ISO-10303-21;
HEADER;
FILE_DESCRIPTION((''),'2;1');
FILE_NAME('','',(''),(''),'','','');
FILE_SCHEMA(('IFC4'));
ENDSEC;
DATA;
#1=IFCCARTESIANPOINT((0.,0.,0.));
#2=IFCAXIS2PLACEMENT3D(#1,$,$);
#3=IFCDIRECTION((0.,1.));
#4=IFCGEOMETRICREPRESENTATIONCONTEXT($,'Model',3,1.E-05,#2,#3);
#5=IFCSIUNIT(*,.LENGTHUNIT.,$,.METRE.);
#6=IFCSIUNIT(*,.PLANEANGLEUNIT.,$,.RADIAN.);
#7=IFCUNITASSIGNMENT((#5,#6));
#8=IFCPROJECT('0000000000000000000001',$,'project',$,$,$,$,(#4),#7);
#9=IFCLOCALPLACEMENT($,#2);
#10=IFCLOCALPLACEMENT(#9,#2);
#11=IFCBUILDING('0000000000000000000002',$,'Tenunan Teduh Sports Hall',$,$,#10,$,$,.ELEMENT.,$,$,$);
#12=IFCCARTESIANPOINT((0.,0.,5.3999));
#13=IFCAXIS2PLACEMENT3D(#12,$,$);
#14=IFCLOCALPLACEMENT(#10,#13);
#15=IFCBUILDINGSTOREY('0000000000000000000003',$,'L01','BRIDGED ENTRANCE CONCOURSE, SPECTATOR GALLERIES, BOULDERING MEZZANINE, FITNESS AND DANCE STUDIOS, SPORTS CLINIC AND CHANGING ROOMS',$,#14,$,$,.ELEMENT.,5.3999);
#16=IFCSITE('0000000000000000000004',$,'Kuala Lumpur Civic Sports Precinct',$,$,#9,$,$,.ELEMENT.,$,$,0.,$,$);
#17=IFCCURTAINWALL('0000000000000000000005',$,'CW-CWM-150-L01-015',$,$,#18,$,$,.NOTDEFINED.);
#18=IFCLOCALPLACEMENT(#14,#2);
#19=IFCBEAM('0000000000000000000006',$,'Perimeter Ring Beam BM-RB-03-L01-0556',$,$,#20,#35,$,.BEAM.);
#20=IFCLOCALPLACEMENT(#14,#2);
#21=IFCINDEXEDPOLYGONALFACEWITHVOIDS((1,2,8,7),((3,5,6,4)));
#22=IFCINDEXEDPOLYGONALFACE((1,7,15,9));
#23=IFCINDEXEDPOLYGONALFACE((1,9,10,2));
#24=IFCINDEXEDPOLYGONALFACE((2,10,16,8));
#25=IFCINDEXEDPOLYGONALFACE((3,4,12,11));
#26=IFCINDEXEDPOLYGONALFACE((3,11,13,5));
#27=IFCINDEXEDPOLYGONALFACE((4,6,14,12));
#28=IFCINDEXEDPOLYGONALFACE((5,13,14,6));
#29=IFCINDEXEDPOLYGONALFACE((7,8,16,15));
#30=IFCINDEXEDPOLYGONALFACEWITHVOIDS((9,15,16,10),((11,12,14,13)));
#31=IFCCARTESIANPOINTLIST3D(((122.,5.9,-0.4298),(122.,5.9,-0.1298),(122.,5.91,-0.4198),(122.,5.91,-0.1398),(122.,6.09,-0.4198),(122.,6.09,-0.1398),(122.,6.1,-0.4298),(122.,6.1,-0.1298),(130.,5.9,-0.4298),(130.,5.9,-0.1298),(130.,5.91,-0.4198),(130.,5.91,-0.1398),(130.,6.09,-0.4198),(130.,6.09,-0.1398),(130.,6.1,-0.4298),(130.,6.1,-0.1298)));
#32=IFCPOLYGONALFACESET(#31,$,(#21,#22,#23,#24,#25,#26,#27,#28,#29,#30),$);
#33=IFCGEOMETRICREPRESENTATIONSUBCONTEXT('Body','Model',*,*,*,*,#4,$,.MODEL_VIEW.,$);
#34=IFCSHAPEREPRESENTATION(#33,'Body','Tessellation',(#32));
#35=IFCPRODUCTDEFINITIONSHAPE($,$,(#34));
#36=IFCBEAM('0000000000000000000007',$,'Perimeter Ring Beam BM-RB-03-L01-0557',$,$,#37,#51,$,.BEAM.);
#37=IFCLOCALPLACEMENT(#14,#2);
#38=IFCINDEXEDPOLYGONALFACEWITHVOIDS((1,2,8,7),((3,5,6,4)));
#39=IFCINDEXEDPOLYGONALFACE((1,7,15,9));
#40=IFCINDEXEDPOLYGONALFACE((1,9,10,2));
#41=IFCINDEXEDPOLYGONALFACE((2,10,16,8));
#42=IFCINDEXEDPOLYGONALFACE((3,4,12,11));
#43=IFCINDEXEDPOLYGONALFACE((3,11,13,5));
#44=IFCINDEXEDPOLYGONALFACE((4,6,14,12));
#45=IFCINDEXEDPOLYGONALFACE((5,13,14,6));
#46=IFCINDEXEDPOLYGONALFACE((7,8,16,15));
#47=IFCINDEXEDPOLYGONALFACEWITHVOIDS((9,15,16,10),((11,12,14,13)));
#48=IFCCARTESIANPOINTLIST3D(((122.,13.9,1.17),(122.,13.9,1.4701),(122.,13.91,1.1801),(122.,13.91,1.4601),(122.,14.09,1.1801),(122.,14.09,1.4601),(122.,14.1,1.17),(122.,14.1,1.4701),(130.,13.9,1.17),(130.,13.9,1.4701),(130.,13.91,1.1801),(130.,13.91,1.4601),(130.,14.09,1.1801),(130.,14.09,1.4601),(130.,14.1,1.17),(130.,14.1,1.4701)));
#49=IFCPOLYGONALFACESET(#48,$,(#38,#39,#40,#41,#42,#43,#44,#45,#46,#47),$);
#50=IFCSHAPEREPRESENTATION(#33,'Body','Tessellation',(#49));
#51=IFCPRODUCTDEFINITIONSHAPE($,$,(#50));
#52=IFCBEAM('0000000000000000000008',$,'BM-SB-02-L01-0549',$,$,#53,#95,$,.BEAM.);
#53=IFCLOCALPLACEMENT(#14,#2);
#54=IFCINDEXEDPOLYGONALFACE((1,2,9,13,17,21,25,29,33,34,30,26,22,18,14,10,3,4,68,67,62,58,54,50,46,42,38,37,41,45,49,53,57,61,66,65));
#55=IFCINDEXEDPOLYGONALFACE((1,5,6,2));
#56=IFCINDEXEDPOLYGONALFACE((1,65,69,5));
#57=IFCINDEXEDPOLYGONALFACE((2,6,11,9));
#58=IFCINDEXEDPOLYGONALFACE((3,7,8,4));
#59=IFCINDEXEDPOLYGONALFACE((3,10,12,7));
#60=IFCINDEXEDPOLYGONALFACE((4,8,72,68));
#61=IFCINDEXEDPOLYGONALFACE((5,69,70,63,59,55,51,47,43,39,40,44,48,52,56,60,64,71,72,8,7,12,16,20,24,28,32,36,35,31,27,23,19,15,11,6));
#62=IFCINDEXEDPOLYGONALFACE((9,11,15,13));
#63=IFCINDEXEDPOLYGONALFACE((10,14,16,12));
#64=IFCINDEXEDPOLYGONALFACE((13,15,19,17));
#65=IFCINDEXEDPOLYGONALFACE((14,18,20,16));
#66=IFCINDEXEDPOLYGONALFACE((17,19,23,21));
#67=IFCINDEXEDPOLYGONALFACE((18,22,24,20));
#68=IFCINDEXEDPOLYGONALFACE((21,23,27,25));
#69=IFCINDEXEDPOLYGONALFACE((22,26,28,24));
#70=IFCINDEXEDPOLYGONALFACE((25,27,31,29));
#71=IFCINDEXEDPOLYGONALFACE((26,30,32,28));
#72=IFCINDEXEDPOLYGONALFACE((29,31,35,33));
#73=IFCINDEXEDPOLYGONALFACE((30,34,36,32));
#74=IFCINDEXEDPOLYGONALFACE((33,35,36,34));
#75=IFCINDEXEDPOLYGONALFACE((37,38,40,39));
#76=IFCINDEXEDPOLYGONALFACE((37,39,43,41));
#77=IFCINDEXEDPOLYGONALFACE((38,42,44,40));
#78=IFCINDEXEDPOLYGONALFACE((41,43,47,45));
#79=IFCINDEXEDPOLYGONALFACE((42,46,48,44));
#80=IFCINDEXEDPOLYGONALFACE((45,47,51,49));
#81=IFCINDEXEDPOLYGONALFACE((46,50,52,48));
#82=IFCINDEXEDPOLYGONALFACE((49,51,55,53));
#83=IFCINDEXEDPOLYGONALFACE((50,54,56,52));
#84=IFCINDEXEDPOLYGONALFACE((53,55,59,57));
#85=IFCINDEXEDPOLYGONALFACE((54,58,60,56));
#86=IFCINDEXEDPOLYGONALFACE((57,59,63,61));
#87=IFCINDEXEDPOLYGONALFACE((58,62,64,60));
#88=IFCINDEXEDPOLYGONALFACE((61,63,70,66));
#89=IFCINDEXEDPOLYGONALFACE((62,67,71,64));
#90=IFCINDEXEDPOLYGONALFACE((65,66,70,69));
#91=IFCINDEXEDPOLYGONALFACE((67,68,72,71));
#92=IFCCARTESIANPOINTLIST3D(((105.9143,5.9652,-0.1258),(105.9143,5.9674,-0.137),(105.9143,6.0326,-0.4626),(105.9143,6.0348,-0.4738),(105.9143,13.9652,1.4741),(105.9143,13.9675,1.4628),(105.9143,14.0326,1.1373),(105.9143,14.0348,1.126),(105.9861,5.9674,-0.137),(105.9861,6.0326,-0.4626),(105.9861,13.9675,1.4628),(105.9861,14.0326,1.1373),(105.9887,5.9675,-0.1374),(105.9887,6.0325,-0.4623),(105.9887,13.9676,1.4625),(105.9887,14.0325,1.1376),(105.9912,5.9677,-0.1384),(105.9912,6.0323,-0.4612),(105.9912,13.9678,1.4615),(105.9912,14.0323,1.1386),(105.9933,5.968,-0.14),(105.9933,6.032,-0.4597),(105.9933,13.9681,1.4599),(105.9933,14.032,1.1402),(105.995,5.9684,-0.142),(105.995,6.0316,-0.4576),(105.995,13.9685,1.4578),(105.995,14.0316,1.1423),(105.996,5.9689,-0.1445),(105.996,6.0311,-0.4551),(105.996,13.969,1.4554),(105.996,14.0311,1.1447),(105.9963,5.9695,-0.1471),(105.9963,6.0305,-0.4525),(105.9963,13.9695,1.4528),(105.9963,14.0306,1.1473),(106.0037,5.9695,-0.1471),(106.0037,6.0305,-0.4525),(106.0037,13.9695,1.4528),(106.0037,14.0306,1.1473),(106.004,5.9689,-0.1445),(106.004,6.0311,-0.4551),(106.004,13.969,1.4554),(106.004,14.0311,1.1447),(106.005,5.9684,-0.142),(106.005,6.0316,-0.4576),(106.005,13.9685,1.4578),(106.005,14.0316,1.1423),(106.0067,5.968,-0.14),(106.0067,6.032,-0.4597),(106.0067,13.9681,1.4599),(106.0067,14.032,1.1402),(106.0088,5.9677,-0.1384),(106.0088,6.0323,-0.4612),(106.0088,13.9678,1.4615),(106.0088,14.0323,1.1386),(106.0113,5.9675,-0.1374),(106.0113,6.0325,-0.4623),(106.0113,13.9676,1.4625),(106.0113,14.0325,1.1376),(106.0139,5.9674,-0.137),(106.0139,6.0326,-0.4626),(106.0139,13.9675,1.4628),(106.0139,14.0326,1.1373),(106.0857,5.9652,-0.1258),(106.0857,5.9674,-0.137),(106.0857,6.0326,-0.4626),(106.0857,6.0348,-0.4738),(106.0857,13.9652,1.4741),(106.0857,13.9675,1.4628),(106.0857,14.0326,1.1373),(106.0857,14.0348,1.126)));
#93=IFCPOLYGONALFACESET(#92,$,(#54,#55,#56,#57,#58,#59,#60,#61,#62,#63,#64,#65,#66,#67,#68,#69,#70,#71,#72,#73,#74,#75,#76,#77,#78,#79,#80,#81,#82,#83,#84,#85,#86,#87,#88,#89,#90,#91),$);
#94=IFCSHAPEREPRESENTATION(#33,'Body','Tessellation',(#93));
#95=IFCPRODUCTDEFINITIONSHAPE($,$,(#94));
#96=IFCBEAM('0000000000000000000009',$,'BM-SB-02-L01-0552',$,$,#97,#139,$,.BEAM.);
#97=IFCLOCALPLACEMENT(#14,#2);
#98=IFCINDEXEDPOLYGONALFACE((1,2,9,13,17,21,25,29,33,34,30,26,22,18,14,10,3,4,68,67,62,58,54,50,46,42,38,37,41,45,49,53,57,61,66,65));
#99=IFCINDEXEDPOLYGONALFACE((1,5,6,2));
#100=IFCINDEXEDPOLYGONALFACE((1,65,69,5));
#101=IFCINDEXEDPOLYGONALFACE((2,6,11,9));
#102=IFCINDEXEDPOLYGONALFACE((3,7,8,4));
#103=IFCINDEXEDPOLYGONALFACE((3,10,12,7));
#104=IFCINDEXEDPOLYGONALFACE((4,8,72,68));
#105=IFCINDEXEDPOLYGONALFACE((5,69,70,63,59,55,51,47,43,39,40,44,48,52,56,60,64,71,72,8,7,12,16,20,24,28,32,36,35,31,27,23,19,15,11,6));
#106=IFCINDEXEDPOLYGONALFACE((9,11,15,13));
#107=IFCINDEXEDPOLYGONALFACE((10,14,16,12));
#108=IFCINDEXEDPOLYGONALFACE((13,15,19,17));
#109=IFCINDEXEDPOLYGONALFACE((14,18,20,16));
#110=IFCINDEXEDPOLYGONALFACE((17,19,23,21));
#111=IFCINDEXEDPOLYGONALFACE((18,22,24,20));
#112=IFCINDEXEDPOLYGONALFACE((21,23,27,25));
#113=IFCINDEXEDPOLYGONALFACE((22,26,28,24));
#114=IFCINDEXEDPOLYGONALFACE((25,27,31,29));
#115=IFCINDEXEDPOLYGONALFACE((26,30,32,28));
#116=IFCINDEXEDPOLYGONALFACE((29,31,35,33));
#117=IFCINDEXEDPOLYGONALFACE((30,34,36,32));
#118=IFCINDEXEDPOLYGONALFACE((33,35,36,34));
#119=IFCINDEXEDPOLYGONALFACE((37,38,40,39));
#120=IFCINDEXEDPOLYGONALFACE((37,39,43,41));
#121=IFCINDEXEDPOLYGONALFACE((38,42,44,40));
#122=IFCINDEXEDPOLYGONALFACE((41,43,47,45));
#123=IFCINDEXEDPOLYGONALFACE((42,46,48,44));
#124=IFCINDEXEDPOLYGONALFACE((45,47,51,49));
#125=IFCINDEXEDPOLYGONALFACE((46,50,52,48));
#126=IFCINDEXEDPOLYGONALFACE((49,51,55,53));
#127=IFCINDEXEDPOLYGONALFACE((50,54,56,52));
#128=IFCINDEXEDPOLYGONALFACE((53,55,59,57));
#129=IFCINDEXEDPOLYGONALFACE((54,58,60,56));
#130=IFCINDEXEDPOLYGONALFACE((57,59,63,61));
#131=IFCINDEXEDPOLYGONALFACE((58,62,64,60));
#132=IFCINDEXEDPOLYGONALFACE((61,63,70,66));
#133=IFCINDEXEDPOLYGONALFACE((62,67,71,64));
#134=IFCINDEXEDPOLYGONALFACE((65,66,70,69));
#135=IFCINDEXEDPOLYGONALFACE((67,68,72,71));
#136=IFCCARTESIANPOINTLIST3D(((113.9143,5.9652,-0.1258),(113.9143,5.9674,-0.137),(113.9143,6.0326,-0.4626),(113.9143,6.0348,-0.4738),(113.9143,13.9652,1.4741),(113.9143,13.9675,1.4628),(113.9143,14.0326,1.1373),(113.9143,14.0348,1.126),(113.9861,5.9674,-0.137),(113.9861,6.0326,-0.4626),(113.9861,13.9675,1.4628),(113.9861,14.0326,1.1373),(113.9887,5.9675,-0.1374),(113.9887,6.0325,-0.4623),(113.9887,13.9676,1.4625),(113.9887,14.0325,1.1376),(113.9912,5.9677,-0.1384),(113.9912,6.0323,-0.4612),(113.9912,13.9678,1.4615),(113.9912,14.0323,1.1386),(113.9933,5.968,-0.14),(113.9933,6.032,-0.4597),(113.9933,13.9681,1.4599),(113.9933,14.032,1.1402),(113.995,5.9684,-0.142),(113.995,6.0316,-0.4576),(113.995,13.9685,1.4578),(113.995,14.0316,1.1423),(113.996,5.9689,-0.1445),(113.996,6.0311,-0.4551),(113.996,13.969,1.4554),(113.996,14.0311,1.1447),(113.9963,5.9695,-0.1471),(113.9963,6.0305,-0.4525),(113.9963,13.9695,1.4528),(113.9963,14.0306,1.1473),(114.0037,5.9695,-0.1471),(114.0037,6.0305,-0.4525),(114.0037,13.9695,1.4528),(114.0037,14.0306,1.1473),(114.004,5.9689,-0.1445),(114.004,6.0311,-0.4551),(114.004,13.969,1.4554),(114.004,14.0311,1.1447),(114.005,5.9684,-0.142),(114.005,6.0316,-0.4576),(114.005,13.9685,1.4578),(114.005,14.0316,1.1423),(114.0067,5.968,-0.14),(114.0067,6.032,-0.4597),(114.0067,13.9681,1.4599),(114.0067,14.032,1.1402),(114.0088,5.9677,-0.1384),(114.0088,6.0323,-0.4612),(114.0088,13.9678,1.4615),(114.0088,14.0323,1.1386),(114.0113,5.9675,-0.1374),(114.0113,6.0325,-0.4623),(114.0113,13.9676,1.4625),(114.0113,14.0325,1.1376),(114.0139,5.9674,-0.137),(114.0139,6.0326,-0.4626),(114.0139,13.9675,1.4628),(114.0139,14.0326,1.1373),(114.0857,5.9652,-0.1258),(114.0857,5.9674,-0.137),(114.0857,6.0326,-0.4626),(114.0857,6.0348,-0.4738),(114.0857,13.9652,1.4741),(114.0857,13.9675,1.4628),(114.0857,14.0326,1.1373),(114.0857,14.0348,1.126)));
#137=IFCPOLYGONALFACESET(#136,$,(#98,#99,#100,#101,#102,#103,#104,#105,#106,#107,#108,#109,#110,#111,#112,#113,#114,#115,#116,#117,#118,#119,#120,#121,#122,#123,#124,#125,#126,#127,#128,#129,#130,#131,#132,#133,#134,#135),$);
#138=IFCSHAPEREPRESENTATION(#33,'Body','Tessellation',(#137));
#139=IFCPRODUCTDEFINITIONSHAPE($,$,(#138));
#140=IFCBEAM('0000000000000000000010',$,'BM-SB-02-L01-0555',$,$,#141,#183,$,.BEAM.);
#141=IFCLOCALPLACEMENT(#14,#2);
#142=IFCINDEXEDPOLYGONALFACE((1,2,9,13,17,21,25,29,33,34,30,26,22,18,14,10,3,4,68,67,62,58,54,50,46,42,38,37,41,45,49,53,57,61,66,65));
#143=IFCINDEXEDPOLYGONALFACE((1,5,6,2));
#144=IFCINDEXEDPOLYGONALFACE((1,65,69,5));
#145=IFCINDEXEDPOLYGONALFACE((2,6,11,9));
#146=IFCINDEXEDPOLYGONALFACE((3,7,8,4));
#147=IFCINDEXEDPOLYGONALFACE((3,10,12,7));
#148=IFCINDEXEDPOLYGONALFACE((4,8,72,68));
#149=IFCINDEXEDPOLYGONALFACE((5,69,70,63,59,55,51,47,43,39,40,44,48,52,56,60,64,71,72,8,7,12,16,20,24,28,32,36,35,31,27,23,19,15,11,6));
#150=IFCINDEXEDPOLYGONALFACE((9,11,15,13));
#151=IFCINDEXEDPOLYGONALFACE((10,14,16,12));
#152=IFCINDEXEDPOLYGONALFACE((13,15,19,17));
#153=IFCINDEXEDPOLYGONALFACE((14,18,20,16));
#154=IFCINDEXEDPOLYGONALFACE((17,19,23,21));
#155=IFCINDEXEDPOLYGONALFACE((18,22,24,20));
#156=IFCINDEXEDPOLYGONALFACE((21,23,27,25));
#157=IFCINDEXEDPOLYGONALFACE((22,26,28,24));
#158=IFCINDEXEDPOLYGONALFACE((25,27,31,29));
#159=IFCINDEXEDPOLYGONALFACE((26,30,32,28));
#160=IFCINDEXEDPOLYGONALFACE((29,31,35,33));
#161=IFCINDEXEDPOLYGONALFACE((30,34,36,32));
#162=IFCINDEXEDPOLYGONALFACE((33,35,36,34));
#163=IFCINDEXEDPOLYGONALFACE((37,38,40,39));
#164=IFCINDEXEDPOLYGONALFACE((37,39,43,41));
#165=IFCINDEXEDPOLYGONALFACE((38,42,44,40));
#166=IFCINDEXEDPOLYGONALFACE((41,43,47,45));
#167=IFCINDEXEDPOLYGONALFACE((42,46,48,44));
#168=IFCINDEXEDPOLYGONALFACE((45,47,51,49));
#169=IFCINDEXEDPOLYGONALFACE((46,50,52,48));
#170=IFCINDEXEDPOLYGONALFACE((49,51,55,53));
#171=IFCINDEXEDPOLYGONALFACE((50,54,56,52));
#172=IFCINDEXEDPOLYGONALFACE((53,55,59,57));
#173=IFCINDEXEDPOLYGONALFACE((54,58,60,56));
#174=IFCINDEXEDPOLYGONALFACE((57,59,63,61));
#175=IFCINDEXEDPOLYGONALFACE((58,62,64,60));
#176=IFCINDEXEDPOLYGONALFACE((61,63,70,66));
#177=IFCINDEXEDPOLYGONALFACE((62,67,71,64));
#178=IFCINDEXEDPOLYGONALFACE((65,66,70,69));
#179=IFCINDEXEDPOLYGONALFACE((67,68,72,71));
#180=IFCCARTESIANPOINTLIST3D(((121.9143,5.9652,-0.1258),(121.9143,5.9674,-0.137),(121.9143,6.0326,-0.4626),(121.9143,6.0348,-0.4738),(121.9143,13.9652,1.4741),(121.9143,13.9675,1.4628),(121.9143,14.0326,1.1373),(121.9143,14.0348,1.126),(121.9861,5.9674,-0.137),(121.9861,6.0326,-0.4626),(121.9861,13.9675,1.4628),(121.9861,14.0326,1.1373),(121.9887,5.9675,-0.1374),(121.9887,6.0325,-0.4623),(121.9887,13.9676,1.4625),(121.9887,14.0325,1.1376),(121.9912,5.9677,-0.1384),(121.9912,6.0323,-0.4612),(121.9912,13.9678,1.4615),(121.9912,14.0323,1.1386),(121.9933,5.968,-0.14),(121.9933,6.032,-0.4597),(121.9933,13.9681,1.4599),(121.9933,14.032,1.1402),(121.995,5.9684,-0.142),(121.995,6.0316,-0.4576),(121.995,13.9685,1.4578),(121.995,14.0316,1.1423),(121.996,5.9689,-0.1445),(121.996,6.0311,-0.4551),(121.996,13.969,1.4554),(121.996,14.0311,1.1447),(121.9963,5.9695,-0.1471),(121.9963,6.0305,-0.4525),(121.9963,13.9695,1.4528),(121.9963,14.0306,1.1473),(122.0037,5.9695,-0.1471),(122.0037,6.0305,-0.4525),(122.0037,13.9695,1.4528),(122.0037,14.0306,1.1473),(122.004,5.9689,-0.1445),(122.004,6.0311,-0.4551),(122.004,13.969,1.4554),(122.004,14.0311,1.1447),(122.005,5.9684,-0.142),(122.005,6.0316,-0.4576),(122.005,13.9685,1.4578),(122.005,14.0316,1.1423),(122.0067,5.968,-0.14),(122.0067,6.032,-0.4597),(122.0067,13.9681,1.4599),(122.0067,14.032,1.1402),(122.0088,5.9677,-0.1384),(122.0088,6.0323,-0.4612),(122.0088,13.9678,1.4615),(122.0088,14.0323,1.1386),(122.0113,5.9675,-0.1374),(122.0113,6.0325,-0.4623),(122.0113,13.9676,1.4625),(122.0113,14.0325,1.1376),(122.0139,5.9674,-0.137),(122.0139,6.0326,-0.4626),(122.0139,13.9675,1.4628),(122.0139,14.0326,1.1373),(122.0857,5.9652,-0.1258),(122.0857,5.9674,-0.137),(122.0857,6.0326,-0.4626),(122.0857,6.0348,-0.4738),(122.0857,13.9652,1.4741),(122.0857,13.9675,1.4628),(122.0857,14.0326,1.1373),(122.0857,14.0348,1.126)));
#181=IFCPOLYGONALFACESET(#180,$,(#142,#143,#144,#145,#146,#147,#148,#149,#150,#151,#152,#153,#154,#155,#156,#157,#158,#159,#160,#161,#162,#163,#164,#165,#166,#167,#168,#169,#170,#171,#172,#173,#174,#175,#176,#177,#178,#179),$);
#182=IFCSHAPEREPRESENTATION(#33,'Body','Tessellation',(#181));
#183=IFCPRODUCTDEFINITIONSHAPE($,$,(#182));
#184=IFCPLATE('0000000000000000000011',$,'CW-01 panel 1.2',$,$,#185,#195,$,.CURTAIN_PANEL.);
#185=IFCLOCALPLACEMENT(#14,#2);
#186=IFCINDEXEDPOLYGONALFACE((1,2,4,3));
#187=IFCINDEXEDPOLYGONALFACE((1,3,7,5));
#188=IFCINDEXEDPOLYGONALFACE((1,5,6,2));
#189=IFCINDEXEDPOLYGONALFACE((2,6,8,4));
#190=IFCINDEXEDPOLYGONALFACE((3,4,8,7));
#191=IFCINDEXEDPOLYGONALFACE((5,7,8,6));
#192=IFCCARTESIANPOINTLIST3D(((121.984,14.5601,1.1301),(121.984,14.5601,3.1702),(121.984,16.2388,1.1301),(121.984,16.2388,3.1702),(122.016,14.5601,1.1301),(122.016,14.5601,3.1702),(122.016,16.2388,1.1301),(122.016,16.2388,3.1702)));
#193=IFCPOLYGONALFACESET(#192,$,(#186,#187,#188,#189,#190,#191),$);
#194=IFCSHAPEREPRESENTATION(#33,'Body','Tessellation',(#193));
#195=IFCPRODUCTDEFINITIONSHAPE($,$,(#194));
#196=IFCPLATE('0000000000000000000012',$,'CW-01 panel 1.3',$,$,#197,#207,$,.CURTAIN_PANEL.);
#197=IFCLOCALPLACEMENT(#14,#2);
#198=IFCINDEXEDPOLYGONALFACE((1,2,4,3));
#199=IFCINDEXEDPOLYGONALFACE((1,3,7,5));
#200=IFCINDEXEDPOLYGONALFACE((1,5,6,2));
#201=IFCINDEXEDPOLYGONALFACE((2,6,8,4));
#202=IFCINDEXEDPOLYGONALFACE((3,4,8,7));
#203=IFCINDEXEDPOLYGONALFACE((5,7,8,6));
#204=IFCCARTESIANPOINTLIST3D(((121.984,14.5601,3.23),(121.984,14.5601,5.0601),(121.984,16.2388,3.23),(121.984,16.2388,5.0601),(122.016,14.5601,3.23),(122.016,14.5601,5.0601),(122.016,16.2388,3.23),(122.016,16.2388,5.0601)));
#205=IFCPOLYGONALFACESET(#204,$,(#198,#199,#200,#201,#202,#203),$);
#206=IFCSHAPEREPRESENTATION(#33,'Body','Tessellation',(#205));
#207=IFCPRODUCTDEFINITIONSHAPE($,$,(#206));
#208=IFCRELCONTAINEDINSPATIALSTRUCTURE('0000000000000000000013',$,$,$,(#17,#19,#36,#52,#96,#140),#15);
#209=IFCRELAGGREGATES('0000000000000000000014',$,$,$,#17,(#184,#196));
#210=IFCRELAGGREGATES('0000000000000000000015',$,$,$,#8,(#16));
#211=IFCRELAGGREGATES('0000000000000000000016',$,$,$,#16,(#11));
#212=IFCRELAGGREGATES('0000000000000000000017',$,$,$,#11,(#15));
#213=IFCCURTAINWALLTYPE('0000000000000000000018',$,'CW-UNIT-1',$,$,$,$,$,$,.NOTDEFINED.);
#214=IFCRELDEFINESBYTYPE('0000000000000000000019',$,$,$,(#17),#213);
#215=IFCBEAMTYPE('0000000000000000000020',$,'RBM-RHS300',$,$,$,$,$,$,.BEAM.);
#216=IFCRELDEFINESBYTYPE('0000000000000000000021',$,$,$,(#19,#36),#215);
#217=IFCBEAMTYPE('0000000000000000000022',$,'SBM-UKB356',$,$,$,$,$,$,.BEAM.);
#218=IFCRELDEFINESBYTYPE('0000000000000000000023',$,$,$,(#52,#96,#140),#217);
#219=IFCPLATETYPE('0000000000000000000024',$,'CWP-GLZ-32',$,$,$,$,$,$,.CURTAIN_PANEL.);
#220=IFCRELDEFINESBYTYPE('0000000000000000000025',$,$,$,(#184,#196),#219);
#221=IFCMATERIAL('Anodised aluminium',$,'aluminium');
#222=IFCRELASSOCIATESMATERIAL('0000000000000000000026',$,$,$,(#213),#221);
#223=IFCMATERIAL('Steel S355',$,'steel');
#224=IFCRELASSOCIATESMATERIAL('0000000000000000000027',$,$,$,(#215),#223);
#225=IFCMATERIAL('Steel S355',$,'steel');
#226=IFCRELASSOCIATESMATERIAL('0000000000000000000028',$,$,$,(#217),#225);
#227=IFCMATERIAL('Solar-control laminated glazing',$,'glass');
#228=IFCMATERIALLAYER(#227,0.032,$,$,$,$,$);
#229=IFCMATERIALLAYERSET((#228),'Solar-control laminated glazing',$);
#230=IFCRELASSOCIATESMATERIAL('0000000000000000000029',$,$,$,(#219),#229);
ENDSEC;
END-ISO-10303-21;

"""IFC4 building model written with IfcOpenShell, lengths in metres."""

from ifc_helpers import new_model, si_unit, direction, frame, origin, origin_2d, place, context, subcontext, project, spatial, rectangle, hollow_rectangle, i_section, extrude, material, layer, layer_set, material_profile, profile_set, type_object, element, aggregate, save


model = new_model("IFC4")

# Units and contexts
model_context = context("Model", 3, precision=1e-05, world=origin(), true_north=direction((0.0, 1.0)))
body_context = subcontext(model_context, "Body", "Model", "MODEL_VIEW")
ifc_project = project(units=[si_unit("LENGTHUNIT", "METRE"), si_unit("PLANEANGLEUNIT", "RADIAN")], contexts=[model_context])

# Site, building, storey
site_placement = place(None, origin())
site = spatial("IfcSite", under=ifc_project, at=site_placement, Name="Kuala Lumpur Civic Sports Precinct", CompositionType="ELEMENT", RefElevation=0.0)
building_placement = place(site_placement, origin())
building = spatial("IfcBuilding", under=site, at=building_placement, Name="Tenunan Teduh Sports Hall", CompositionType="ELEMENT")
storey_placement = place(building_placement, frame((0.0, 0.0, 5.3999)))
storey = spatial("IfcBuildingStorey", under=building, at=storey_placement, Name="L01", Description="BRIDGED ENTRANCE CONCOURSE, SPECTATOR GALLERIES, BOULDERING MEZZANINE, FITNESS AND DANCE STUDIOS, SPORTS CLINIC AND CHANGING ROOMS", CompositionType="ELEMENT", Elevation=5.3999)

# Curtain wall
ifc_material_1 = material(Name="Anodised aluminium", Category="aluminium")
curtain_wall_type = type_object("IfcCurtainWallType", Name="CW-UNIT-1", PredefinedType="NOTDEFINED", material=ifc_material_1)
curtain_wall_placement = place(storey_placement, origin())
curtain_wall = element("IfcCurtainWall", 1, at=curtain_wall_placement, inside=storey, type_object=curtain_wall_type, Name="CW-CWM-150-L01-015", PredefinedType="NOTDEFINED")

# Beams
ifc_material_2 = material(Name="Steel S355", Category="steel")
ifc_material_profile_1 = material_profile(ifc_material_2, hollow_rectangle(XDim=0.2, YDim=0.3, WallThickness=0.01, at=origin_2d()), Name="RHS 300x200x10.0")
ifc_profile_set_1 = profile_set([ifc_material_profile_1], Name="Steel S355")
beam_type_1 = type_object("IfcBeamType", Name="RBM-RHS300", PredefinedType="BEAM", material=ifc_profile_set_1)
for number, where, z_axis, x_axis, name in (
    (2, (122.0, 6.0, -0.2798), (1.0, 0.0, 0.0), (0.0, 1.0, 0.0), "Perimeter Ring Beam BM-RB-03-L01-0556"),
    (3, (122.0, 14.0, 1.3201), (1.0, 0.0, 0.0), (0.0, 1.0, 0.0), "Perimeter Ring Beam BM-RB-03-L01-0557"),
):
    element("IfcBeam", number, at=place(storey_placement, frame(where, z_axis=z_axis, x_axis=x_axis)), inside=storey, type_object=beam_type_1, Name=name, PredefinedType="BEAM", context=body_context, shape_type="SweptSolid", body=[
        extrude(hollow_rectangle(XDim=0.2, YDim=0.3, WallThickness=0.01, at=origin_2d()), origin(), (0.0, 0.0, 1.0), 8.0),
    ])
ifc_material_3 = material(Name="Steel S355", Category="steel")
ifc_material_profile_2 = material_profile(ifc_material_3, i_section(OverallWidth=0.1714, OverallDepth=0.355, WebThickness=0.0073, FlangeThickness=0.0115, FilletRadius=0.0103, at=origin_2d()), Name="UKB 356x171x51")
ifc_profile_set_2 = profile_set([ifc_material_profile_2], Name="Steel S355")
beam_type_2 = type_object("IfcBeamType", Name="SBM-UKB356", PredefinedType="BEAM", material=ifc_profile_set_2)
for number, where, z_axis, x_axis, name in (
    (4, (106.0, 6.0, -0.2998), (0.0, 0.980584, 0.196099), (-1.0, 0.0, 0.0), "BM-SB-02-L01-0549"),
    (5, (114.0, 6.0, -0.2998), (0.0, 0.980584, 0.196099), (-1.0, 0.0, 0.0), "BM-SB-02-L01-0552"),
    (6, (122.0, 6.0, -0.2998), (0.0, 0.980584, 0.196099), (-1.0, 0.0, 0.0), "BM-SB-02-L01-0555"),
):
    element("IfcBeam", number, at=place(storey_placement, frame(where, z_axis=z_axis, x_axis=x_axis)), inside=storey, type_object=beam_type_2, Name=name, PredefinedType="BEAM", context=body_context, shape_type="SweptSolid", body=[
        extrude(i_section(OverallWidth=0.1714, OverallDepth=0.355, WebThickness=0.0073, FlangeThickness=0.0115, FilletRadius=0.0103, at=origin_2d()), origin(), (0.0, 0.0, 1.0), 8.1584),
    ])

# Plates
ifc_material_4 = material(Name="Solar-control laminated glazing", Category="glass")
ifc_layer_1 = layer(ifc_material_4, 0.032)
ifc_layer_set_1 = layer_set([ifc_layer_1], Name="Solar-control laminated glazing")
plate_type_1 = type_object("IfcPlateType", Name="CWP-GLZ-32", PredefinedType="CURTAIN_PANEL", material=ifc_layer_set_1)
plate_1_placement = place(storey_placement, frame((122.0, 15.3994, 1.1301), z_axis=(0.0, 0.0, 1.0), x_axis=(0.0, 1.0, 0.0)))
plate_1 = element("IfcPlate", 7, at=plate_1_placement, type_object=plate_type_1, Name="CW-01 panel 1.2", PredefinedType="CURTAIN_PANEL", context=body_context, shape_type="SweptSolid", body=[
    extrude(rectangle(XDim=1.6787, YDim=0.032, at=origin_2d()), origin(), (0.0, 0.0, 1.0), 2.04),
])
plate_2_placement = place(storey_placement, frame((122.0, 15.3994, 3.23), z_axis=(0.0, 0.0, 1.0), x_axis=(0.0, 1.0, 0.0)))
plate_2 = element("IfcPlate", 8, at=plate_2_placement, type_object=plate_type_1, Name="CW-01 panel 1.3", PredefinedType="CURTAIN_PANEL", context=body_context, shape_type="SweptSolid", body=[
    extrude(rectangle(XDim=1.6787, YDim=0.032, at=origin_2d()), origin(), (0.0, 0.0, 1.0), 1.8301),
])
aggregate(curtain_wall, [plate_1, plate_2])

save(model, "model.ifc")
